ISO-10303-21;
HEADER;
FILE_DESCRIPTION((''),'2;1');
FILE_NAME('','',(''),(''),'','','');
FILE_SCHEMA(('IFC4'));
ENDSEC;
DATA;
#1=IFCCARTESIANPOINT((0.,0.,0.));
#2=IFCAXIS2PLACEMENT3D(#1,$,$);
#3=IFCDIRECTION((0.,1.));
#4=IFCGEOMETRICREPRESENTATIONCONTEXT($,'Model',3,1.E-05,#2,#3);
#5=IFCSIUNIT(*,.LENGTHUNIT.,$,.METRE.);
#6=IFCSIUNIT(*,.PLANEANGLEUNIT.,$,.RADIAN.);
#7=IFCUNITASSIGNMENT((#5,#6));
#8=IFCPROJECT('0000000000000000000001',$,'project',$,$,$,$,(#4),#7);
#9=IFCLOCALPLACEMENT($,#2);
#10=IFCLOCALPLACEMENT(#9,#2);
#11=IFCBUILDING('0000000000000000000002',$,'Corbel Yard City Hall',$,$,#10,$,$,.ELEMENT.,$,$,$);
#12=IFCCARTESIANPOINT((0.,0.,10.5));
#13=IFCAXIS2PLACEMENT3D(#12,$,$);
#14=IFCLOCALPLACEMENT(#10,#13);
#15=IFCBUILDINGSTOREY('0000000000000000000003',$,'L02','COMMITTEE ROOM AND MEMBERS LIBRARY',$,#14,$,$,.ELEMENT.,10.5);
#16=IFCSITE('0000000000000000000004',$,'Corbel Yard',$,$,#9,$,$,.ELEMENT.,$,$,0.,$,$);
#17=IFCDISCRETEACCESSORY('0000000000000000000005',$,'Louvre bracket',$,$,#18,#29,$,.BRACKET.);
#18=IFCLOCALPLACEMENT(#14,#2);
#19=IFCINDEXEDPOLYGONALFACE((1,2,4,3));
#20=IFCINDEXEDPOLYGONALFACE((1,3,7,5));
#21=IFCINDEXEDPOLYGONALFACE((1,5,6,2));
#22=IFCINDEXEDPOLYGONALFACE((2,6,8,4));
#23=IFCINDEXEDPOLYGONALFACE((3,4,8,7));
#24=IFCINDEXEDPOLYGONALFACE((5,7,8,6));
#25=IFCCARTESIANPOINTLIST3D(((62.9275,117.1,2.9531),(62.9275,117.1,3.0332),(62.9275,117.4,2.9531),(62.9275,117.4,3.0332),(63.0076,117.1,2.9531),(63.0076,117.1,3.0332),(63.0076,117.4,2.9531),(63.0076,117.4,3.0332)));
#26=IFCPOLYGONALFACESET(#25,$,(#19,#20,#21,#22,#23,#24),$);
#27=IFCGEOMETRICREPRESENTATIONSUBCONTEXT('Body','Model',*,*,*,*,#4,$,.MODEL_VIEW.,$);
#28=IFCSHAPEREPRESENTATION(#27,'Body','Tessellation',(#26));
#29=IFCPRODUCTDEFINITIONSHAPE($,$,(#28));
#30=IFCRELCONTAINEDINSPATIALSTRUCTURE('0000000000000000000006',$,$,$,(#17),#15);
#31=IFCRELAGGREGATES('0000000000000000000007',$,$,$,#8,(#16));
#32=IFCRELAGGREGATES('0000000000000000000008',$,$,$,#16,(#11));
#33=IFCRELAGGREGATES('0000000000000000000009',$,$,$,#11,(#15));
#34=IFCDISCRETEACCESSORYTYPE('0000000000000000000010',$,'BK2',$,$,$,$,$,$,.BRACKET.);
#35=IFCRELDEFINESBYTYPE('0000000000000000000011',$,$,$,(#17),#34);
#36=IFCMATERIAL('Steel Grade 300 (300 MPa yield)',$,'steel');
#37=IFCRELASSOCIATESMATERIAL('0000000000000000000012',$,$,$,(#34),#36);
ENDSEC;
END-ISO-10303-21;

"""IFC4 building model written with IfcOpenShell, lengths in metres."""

from ifc_helpers import new_model, si_unit, direction, frame, origin, origin_2d, place, context, subcontext, project, spatial, rectangle, extrude, material, type_object, element, save


model = new_model("IFC4")

# Units and contexts
model_context = context("Model", 3, precision=1e-05, world=origin(), true_north=direction((0.0, 1.0)))
body_context = subcontext(model_context, "Body", "Model", "MODEL_VIEW")
ifc_project = project(units=[si_unit("LENGTHUNIT", "METRE"), si_unit("PLANEANGLEUNIT", "RADIAN")], contexts=[model_context])

# Site, building, storey
site_placement = place(None, origin())
site = spatial("IfcSite", under=ifc_project, at=site_placement, Name="Corbel Yard", CompositionType="ELEMENT", RefElevation=0.0)
building_placement = place(site_placement, origin())
building = spatial("IfcBuilding", under=site, at=building_placement, Name="Corbel Yard City Hall", CompositionType="ELEMENT")
storey_placement = place(building_placement, frame((0.0, 0.0, 10.5)))
storey = spatial("IfcBuildingStorey", under=building, at=storey_placement, Name="L02", Description="COMMITTEE ROOM AND MEMBERS LIBRARY", CompositionType="ELEMENT", Elevation=10.5)

# Shared definitions
ifc_material_1 = material(Name="Steel Grade 300 (300 MPa yield)", Category="steel")

# Discrete accessory
discrete_accessory_type = type_object("IfcDiscreteAccessoryType", Name="BK2", PredefinedType="BRACKET", material=ifc_material_1)
for number, where, z_axis, x_axis, name in (
    (1, (62.9675, 117.25, 2.9531), (0.0, 0.0, 1.0), (1.0, 0.0, 0.0), "Louvre bracket"),
):
    element("IfcDiscreteAccessory", number, at=place(storey_placement, frame(where, z_axis=z_axis, x_axis=x_axis)), inside=storey, type_object=discrete_accessory_type, Name=name, PredefinedType="BRACKET", context=body_context, shape_type="SweptSolid", body=[
        extrude(rectangle(XDim=0.0801, YDim=0.3, at=origin_2d()), origin(), (0.0, 0.0, 1.0), 0.0801),
    ])

save(model, "model.ifc")
